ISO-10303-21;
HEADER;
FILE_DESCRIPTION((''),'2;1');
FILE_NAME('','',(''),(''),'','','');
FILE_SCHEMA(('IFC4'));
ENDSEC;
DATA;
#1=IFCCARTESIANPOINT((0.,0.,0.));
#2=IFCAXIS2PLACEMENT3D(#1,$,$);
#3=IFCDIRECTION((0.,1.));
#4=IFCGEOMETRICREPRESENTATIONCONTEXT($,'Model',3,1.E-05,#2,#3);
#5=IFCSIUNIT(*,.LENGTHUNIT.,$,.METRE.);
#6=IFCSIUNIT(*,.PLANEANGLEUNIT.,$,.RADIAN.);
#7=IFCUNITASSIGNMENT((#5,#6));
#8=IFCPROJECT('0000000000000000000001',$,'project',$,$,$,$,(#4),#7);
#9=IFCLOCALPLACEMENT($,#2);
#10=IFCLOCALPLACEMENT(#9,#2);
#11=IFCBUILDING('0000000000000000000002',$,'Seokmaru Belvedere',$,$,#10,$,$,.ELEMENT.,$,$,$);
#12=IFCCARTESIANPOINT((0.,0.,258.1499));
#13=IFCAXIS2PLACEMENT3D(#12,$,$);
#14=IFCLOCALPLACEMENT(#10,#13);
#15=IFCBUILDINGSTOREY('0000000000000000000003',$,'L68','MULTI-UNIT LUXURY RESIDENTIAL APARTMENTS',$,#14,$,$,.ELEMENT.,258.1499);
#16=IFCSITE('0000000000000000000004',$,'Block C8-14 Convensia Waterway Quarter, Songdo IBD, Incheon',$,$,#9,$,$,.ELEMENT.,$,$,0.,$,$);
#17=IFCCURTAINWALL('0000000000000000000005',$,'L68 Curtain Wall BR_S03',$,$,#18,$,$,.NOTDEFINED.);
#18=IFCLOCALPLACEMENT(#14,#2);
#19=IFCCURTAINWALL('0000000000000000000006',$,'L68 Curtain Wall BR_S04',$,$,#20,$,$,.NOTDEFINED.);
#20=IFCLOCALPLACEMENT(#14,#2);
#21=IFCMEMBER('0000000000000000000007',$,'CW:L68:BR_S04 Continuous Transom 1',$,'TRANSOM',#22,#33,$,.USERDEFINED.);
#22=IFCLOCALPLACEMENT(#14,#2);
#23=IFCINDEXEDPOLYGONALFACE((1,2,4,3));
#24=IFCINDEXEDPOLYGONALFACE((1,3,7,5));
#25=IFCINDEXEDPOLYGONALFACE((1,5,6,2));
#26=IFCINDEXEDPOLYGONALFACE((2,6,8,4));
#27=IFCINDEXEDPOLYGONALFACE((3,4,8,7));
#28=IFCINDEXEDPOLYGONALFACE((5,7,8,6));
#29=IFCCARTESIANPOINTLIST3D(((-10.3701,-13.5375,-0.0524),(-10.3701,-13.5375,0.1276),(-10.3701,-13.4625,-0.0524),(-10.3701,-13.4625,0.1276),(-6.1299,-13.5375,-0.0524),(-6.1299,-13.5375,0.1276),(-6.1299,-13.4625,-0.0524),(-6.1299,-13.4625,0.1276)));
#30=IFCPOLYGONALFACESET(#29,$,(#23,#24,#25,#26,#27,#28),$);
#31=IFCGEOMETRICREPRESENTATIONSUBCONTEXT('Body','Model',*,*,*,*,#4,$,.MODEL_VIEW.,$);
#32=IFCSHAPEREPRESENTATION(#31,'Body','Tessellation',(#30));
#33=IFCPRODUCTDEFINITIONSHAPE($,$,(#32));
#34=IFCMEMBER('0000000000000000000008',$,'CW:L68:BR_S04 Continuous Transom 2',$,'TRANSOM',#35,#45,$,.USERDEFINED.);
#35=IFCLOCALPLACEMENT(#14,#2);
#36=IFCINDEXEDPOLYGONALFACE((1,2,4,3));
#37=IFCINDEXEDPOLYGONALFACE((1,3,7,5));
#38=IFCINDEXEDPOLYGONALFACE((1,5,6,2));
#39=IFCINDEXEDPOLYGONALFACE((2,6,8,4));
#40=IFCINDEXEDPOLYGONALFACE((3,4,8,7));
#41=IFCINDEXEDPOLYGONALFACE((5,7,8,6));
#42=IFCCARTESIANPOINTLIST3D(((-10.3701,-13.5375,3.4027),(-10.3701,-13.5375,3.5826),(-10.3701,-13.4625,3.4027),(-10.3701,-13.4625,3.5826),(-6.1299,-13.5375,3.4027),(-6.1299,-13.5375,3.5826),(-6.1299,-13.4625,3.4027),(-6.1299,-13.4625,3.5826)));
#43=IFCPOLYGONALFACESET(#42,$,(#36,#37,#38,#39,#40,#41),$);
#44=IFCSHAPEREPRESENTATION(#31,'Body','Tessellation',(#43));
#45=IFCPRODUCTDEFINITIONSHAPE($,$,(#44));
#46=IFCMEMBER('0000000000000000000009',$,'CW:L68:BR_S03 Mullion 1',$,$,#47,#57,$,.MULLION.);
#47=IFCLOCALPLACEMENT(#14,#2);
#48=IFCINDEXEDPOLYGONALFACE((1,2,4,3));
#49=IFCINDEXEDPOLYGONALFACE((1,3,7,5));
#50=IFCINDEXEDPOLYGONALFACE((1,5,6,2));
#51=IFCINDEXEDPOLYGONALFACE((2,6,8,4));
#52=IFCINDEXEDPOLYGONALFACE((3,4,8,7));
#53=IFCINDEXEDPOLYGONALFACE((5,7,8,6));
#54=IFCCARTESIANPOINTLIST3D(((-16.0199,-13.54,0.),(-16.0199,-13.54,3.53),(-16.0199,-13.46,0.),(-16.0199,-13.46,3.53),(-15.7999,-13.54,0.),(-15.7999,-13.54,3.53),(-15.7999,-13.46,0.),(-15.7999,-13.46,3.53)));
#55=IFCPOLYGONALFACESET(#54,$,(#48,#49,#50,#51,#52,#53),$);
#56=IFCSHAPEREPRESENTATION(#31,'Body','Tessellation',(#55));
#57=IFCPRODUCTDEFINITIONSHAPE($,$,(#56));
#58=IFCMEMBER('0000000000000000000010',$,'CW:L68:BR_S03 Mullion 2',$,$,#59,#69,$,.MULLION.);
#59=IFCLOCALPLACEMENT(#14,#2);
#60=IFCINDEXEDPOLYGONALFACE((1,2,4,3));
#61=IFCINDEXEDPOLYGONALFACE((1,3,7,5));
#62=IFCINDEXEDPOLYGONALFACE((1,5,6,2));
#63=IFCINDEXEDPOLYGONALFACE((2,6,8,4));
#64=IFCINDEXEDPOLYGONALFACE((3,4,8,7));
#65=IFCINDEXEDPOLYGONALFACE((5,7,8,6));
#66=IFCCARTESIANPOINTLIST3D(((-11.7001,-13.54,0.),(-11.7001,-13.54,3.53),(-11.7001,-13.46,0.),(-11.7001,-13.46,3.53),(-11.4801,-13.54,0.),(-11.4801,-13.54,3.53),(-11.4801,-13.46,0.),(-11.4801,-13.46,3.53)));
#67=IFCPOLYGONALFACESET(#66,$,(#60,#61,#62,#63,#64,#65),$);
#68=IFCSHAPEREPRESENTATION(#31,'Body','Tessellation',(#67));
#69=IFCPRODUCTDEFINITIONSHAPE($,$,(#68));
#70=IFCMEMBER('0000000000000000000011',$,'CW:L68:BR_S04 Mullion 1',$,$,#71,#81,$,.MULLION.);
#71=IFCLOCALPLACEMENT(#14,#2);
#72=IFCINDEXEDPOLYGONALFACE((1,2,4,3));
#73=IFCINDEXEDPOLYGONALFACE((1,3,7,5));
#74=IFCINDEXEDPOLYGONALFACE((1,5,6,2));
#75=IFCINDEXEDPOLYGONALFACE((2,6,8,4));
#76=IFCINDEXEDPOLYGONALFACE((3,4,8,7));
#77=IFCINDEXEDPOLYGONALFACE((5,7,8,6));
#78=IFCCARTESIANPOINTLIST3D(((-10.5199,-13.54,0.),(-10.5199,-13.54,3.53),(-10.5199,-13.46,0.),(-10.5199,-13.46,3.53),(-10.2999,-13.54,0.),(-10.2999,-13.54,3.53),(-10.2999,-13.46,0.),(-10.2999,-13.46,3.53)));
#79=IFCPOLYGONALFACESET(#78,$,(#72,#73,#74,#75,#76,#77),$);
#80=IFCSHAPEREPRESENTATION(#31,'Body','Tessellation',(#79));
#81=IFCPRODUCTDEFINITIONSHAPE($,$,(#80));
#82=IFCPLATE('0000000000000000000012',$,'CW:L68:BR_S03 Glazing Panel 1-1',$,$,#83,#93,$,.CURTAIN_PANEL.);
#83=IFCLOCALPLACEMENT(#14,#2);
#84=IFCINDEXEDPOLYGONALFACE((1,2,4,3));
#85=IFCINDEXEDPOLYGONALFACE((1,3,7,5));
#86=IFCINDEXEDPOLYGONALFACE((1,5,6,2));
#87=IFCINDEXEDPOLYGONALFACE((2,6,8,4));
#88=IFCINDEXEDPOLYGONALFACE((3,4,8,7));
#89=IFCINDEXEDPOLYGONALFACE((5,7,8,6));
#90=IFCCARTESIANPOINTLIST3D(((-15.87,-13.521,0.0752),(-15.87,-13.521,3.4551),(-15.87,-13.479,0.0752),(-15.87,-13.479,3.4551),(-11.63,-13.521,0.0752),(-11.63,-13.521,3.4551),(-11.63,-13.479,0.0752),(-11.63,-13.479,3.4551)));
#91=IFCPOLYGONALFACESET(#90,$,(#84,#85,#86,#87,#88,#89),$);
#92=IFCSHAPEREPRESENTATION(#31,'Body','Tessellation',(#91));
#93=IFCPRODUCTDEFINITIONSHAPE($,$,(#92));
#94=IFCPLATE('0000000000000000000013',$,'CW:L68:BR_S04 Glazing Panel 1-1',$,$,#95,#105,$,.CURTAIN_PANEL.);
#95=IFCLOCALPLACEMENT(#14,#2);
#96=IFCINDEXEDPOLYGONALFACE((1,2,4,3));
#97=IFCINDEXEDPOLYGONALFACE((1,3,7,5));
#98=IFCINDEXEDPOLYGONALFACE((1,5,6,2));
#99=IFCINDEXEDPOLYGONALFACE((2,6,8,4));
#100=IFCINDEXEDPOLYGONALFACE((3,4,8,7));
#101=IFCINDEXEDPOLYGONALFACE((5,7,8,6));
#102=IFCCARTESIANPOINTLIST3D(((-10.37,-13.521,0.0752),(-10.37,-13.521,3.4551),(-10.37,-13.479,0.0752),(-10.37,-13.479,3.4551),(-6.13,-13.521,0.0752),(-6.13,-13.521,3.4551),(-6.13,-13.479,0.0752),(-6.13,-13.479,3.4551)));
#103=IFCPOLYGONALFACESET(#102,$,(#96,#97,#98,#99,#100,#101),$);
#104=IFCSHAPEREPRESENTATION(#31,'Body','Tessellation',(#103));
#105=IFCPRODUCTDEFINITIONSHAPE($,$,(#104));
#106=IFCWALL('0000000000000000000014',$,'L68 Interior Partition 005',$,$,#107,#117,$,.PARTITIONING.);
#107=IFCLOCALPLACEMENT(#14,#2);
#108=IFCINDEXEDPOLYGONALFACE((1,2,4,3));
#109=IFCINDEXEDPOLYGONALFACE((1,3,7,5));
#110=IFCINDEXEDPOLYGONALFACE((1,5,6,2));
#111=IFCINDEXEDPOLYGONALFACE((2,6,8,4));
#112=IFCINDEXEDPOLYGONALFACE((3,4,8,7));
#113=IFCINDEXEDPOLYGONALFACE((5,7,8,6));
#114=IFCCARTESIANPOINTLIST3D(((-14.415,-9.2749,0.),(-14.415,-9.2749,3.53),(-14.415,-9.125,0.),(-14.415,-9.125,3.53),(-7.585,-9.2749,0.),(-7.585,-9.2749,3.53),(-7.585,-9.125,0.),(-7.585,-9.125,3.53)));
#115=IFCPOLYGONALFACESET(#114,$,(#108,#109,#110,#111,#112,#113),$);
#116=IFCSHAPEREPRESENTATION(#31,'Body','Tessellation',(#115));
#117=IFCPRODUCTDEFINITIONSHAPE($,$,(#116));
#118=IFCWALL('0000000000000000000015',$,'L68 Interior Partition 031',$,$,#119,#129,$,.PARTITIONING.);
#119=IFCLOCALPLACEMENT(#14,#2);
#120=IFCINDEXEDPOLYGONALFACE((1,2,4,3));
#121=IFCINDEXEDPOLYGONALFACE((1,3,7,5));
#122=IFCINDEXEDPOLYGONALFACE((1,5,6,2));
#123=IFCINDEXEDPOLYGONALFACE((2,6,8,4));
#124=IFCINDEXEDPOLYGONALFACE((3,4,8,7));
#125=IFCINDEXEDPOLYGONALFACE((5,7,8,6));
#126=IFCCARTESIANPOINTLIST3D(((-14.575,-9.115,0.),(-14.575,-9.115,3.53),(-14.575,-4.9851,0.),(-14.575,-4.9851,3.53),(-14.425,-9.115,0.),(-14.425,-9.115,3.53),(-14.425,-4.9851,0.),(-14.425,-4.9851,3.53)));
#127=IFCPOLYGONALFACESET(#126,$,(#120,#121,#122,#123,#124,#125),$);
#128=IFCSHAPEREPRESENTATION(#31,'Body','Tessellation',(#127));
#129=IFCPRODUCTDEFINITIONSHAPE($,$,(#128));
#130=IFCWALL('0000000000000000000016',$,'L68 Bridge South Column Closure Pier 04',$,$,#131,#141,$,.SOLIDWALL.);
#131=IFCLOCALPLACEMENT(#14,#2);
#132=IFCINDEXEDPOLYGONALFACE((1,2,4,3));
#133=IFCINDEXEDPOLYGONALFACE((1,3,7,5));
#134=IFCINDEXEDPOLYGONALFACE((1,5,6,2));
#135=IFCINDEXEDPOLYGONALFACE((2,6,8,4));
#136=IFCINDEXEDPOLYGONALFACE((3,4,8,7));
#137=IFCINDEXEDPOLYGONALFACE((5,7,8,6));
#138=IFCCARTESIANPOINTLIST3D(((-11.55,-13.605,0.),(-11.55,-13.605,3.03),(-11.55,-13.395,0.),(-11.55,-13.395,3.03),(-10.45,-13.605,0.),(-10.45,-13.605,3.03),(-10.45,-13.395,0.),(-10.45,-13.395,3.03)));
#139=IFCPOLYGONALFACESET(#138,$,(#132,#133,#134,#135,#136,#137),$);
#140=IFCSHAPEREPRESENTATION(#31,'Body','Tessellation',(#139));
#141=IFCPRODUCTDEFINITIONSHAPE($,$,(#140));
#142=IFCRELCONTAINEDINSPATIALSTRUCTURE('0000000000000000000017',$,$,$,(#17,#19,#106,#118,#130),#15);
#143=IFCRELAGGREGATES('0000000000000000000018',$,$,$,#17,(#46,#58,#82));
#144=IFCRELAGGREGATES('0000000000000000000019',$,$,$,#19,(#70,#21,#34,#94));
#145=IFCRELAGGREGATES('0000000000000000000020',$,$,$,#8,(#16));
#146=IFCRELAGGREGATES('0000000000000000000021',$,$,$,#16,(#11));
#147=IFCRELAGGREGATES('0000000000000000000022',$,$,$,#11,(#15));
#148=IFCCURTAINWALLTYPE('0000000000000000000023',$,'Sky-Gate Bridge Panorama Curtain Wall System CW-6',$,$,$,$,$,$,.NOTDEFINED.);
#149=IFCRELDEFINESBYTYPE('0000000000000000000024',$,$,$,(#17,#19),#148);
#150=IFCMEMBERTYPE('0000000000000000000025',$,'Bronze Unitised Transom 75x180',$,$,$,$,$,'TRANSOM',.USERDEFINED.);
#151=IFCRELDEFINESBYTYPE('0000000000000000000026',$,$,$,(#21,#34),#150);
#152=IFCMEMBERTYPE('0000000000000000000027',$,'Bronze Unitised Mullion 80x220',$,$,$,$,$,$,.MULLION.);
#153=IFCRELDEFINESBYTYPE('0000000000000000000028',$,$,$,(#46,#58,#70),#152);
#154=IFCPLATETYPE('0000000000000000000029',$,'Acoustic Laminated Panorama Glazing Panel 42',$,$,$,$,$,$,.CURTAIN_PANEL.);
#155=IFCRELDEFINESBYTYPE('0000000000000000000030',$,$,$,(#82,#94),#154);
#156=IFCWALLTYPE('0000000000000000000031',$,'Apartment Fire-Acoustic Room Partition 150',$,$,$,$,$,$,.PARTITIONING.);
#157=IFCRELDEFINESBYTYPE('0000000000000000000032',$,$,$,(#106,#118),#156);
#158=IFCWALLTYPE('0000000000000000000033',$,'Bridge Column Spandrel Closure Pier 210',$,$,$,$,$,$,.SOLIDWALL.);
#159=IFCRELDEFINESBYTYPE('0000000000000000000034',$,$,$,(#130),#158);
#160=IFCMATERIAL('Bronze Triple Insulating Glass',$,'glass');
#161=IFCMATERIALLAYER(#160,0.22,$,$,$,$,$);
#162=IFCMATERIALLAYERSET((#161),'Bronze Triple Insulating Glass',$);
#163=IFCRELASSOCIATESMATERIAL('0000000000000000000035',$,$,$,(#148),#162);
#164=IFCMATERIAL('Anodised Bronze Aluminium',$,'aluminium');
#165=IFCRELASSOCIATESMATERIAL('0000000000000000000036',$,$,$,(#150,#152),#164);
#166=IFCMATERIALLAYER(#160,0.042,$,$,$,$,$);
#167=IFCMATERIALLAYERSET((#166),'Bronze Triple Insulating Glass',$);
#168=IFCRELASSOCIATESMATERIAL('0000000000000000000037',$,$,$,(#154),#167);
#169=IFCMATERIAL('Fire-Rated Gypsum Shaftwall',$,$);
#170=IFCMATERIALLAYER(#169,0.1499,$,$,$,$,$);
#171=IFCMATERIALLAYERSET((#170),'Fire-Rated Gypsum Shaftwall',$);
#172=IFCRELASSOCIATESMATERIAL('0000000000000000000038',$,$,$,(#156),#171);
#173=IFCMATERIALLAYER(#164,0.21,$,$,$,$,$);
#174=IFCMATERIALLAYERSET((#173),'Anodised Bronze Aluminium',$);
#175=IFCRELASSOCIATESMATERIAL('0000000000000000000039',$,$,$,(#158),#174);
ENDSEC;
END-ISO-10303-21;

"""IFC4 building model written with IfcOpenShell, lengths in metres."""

from ifc_helpers import new_model, si_unit, direction, frame, frame_2d, origin, origin_2d, place, context, subcontext, project, spatial, rectangle, extrude, source, transform, mapped, material, layer, layer_set, material_profile, profile_set, type_object, type_shapes, element, aggregate, save


model = new_model("IFC4")

# Units and contexts
model_context = context("Model", 3, precision=1e-05, world=origin(), true_north=direction((0.0, 1.0)))
body_context = subcontext(model_context, "Body", "Model", "MODEL_VIEW")
ifc_project = project(units=[si_unit("LENGTHUNIT", "METRE"), si_unit("PLANEANGLEUNIT", "RADIAN")], contexts=[model_context])

# Site, building, storey
site_placement = place(None, origin())
site = spatial("IfcSite", under=ifc_project, at=site_placement, Name="Block C8-14 Convensia Waterway Quarter, Songdo IBD, Incheon", CompositionType="ELEMENT", RefElevation=0.0)
building_placement = place(site_placement, origin())
building = spatial("IfcBuilding", under=site, at=building_placement, Name="Seokmaru Belvedere", CompositionType="ELEMENT")
storey_placement = place(building_placement, frame((0.0, 0.0, 258.1499)))
storey = spatial("IfcBuildingStorey", under=building, at=storey_placement, Name="L68", Description="MULTI-UNIT LUXURY RESIDENTIAL APARTMENTS", CompositionType="ELEMENT", Elevation=258.1499)

# Curtain walls, members
ifc_material_1 = material(Name="Bronze Triple Insulating Glass", Category="glass")
ifc_layer_1 = layer(ifc_material_1, 0.22)
ifc_layer_set_1 = layer_set([ifc_layer_1], Name="Bronze Triple Insulating Glass")
curtain_wall_type = type_object("IfcCurtainWallType", Name="Sky-Gate Bridge Panorama Curtain Wall System CW-6", PredefinedType="NOTDEFINED", material=ifc_layer_set_1)
curtain_wall_1_placement = place(storey_placement, origin())
curtain_wall_1 = element("IfcCurtainWall", 1, at=curtain_wall_1_placement, inside=storey, type_object=curtain_wall_type, Name="L68 Curtain Wall BR_S03", PredefinedType="NOTDEFINED")
ifc_material_2 = material(Name="Anodised Bronze Aluminium", Category="aluminium")
ifc_material_profile_1 = material_profile(ifc_material_2, rectangle(XDim=0.075, YDim=0.1799, at=origin_2d()), Name="CW-T-75x180")
ifc_profile_set_1 = profile_set([ifc_material_profile_1], Name="Anodised Bronze Aluminium")
member_type_1 = type_object("IfcMemberType", Name="Bronze Unitised Transom 75x180", ElementType="TRANSOM", PredefinedType="USERDEFINED", material=ifc_profile_set_1)
shared_shape_1 = source(origin(), body_context, "Body", "SweptSolid", [
    extrude(rectangle(XDim=0.075, YDim=0.1799, at=origin_2d()), origin(), (0.0, 0.0, 1.0), 4.2402),
])
type_shapes(member_type_1, [shared_shape_1])
curtain_wall_2_placement = place(storey_placement, origin())
curtain_wall_2 = element("IfcCurtainWall", 2, at=curtain_wall_2_placement, inside=storey, type_object=curtain_wall_type, Name="L68 Curtain Wall BR_S04", PredefinedType="NOTDEFINED")
member_1_placement = place(storey_placement, frame((-10.3701, -13.5, 0.0376), z_axis=(1.0, 0.0, 0.0), x_axis=(0.0, 1.0, 0.0)))
member_1 = element("IfcMember", 3, at=member_1_placement, type_object=member_type_1, Name="CW:L68:BR_S04 Continuous Transom 1", ObjectType="TRANSOM", PredefinedType="USERDEFINED", context=body_context, shape_type="MappedRepresentation", body=[
    mapped(shared_shape_1, transform((0.0, 0.0, 0.0), scale=1.0)),
])
member_2_placement = place(storey_placement, frame((-10.3701, -13.5, 3.4927), z_axis=(1.0, 0.0, 0.0), x_axis=(0.0, 1.0, 0.0)))
member_2 = element("IfcMember", 4, at=member_2_placement, type_object=member_type_1, Name="CW:L68:BR_S04 Continuous Transom 2", ObjectType="TRANSOM", PredefinedType="USERDEFINED", context=body_context, shape_type="MappedRepresentation", body=[
    mapped(shared_shape_1, transform((0.0, 0.0, 0.0), scale=1.0)),
])

# Members
ifc_material_profile_2 = material_profile(ifc_material_2, rectangle(XDim=0.0801, YDim=0.22, at=origin_2d()), Name="CW-M-80x220")
ifc_profile_set_2 = profile_set([ifc_material_profile_2], Name="Anodised Bronze Aluminium")
member_type_2 = type_object("IfcMemberType", Name="Bronze Unitised Mullion 80x220", PredefinedType="MULLION", material=ifc_profile_set_2)
shared_shape_2 = source(origin(), body_context, "Body", "SweptSolid", [
    extrude(rectangle(XDim=0.0801, YDim=0.22, at=origin_2d()), origin(), (0.0, 0.0, 1.0), 3.53),
])
type_shapes(member_type_2, [shared_shape_2])
member_3_placement = place(storey_placement, frame((-15.9099, -13.5, 0.0), z_axis=(0.0, 0.0, 1.0), x_axis=(0.0, 1.0, 0.0)))
member_3 = element("IfcMember", 5, at=member_3_placement, type_object=member_type_2, Name="CW:L68:BR_S03 Mullion 1", PredefinedType="MULLION", context=body_context, shape_type="MappedRepresentation", body=[
    mapped(shared_shape_2, transform((0.0, 0.0, 0.0), scale=1.0)),
])
member_4_placement = place(storey_placement, frame((-11.5901, -13.5, 0.0), z_axis=(0.0, 0.0, 1.0), x_axis=(0.0, 1.0, 0.0)))
member_4 = element("IfcMember", 6, at=member_4_placement, type_object=member_type_2, Name="CW:L68:BR_S03 Mullion 2", PredefinedType="MULLION", context=body_context, shape_type="MappedRepresentation", body=[
    mapped(shared_shape_2, transform((0.0, 0.0, 0.0), scale=1.0)),
])
member_5_placement = place(storey_placement, frame((-10.4099, -13.5, 0.0), z_axis=(0.0, 0.0, 1.0), x_axis=(0.0, 1.0, 0.0)))
member_5 = element("IfcMember", 7, at=member_5_placement, type_object=member_type_2, Name="CW:L68:BR_S04 Mullion 1", PredefinedType="MULLION", context=body_context, shape_type="MappedRepresentation", body=[
    mapped(shared_shape_2, transform((0.0, 0.0, 0.0), scale=1.0)),
])

# Plates
ifc_layer_2 = layer(ifc_material_1, 0.042)
ifc_layer_set_2 = layer_set([ifc_layer_2], Name="Bronze Triple Insulating Glass")
plate_type = type_object("IfcPlateType", Name="Acoustic Laminated Panorama Glazing Panel 42", PredefinedType="CURTAIN_PANEL", material=ifc_layer_set_2)
shared_shape_3 = source(origin(), body_context, "Body", "SweptSolid", [
    extrude(rectangle(XDim=4.24, YDim=0.042, at=origin_2d()), origin(), (0.0, 0.0, 1.0), 3.3799),
])
type_shapes(plate_type, [shared_shape_3])
plate_1_placement = place(storey_placement, frame((-13.75, -13.5, 0.0752), z_axis=(0.0, 0.0, 1.0), x_axis=(1.0, 0.0, 0.0)))
plate_1 = element("IfcPlate", 8, at=plate_1_placement, type_object=plate_type, Name="CW:L68:BR_S03 Glazing Panel 1-1", PredefinedType="CURTAIN_PANEL", context=body_context, shape_type="MappedRepresentation", body=[
    mapped(shared_shape_3, transform((0.0, 0.0, 0.0), scale=1.0)),
])
aggregate(curtain_wall_1, [member_3, member_4, plate_1])
plate_2_placement = place(storey_placement, frame((-8.25, -13.5, 0.0752), z_axis=(0.0, 0.0, 1.0), x_axis=(1.0, 0.0, 0.0)))
plate_2 = element("IfcPlate", 9, at=plate_2_placement, type_object=plate_type, Name="CW:L68:BR_S04 Glazing Panel 1-1", PredefinedType="CURTAIN_PANEL", context=body_context, shape_type="MappedRepresentation", body=[
    mapped(shared_shape_3, transform((0.0, 0.0, 0.0), scale=1.0)),
])
aggregate(curtain_wall_2, [member_5, member_1, member_2, plate_2])

# Walls
ifc_material_3 = material(Name="Fire-Rated Gypsum Shaftwall")
ifc_layer_3 = layer(ifc_material_3, 0.1499)
ifc_layer_set_3 = layer_set([ifc_layer_3], Name="Fire-Rated Gypsum Shaftwall")
wall_type_1 = type_object("IfcWallType", Name="Apartment Fire-Acoustic Room Partition 150", PredefinedType="PARTITIONING", material=ifc_layer_set_3)
wall_1_placement = place(storey_placement, frame((-14.415, -9.2, 0.0), z_axis=(0.0, 0.0, 1.0), x_axis=(1.0, 0.0, 0.0)))
element("IfcWall", 10, at=wall_1_placement, inside=storey, type_object=wall_type_1, Name="L68 Interior Partition 005", PredefinedType="PARTITIONING", context=body_context, shape_type="SweptSolid", body=[
    extrude(rectangle(XDim=6.8301, YDim=0.1499, at=frame_2d((3.415, 0.0))), origin(), (0.0, 0.0, 1.0), 3.53),
])
wall_2_placement = place(storey_placement, frame((-14.5, -9.115, 0.0), z_axis=(0.0, 0.0, 1.0), x_axis=(0.0, 1.0, 0.0)))
element("IfcWall", 11, at=wall_2_placement, inside=storey, type_object=wall_type_1, Name="L68 Interior Partition 031", PredefinedType="PARTITIONING", context=body_context, shape_type="SweptSolid", body=[
    extrude(rectangle(XDim=4.1299, YDim=0.1499, at=frame_2d((2.0649, 0.0))), origin(), (0.0, 0.0, 1.0), 3.53),
])
ifc_layer_4 = layer(ifc_material_2, 0.21)
ifc_layer_set_4 = layer_set([ifc_layer_4], Name="Anodised Bronze Aluminium")
wall_type_2 = type_object("IfcWallType", Name="Bridge Column Spandrel Closure Pier 210", PredefinedType="SOLIDWALL", material=ifc_layer_set_4)
wall_3_placement = place(storey_placement, frame((-11.55, -13.5, 0.0), z_axis=(0.0, 0.0, 1.0), x_axis=(1.0, 0.0, 0.0)))
element("IfcWall", 12, at=wall_3_placement, inside=storey, type_object=wall_type_2, Name="L68 Bridge South Column Closure Pier 04", PredefinedType="SOLIDWALL", context=body_context, shape_type="SweptSolid", body=[
    extrude(rectangle(XDim=1.1001, YDim=0.21, at=frame_2d((0.55, 0.0))), origin(), (0.0, 0.0, 1.0), 3.03),
])

save(model, "model.ifc")
